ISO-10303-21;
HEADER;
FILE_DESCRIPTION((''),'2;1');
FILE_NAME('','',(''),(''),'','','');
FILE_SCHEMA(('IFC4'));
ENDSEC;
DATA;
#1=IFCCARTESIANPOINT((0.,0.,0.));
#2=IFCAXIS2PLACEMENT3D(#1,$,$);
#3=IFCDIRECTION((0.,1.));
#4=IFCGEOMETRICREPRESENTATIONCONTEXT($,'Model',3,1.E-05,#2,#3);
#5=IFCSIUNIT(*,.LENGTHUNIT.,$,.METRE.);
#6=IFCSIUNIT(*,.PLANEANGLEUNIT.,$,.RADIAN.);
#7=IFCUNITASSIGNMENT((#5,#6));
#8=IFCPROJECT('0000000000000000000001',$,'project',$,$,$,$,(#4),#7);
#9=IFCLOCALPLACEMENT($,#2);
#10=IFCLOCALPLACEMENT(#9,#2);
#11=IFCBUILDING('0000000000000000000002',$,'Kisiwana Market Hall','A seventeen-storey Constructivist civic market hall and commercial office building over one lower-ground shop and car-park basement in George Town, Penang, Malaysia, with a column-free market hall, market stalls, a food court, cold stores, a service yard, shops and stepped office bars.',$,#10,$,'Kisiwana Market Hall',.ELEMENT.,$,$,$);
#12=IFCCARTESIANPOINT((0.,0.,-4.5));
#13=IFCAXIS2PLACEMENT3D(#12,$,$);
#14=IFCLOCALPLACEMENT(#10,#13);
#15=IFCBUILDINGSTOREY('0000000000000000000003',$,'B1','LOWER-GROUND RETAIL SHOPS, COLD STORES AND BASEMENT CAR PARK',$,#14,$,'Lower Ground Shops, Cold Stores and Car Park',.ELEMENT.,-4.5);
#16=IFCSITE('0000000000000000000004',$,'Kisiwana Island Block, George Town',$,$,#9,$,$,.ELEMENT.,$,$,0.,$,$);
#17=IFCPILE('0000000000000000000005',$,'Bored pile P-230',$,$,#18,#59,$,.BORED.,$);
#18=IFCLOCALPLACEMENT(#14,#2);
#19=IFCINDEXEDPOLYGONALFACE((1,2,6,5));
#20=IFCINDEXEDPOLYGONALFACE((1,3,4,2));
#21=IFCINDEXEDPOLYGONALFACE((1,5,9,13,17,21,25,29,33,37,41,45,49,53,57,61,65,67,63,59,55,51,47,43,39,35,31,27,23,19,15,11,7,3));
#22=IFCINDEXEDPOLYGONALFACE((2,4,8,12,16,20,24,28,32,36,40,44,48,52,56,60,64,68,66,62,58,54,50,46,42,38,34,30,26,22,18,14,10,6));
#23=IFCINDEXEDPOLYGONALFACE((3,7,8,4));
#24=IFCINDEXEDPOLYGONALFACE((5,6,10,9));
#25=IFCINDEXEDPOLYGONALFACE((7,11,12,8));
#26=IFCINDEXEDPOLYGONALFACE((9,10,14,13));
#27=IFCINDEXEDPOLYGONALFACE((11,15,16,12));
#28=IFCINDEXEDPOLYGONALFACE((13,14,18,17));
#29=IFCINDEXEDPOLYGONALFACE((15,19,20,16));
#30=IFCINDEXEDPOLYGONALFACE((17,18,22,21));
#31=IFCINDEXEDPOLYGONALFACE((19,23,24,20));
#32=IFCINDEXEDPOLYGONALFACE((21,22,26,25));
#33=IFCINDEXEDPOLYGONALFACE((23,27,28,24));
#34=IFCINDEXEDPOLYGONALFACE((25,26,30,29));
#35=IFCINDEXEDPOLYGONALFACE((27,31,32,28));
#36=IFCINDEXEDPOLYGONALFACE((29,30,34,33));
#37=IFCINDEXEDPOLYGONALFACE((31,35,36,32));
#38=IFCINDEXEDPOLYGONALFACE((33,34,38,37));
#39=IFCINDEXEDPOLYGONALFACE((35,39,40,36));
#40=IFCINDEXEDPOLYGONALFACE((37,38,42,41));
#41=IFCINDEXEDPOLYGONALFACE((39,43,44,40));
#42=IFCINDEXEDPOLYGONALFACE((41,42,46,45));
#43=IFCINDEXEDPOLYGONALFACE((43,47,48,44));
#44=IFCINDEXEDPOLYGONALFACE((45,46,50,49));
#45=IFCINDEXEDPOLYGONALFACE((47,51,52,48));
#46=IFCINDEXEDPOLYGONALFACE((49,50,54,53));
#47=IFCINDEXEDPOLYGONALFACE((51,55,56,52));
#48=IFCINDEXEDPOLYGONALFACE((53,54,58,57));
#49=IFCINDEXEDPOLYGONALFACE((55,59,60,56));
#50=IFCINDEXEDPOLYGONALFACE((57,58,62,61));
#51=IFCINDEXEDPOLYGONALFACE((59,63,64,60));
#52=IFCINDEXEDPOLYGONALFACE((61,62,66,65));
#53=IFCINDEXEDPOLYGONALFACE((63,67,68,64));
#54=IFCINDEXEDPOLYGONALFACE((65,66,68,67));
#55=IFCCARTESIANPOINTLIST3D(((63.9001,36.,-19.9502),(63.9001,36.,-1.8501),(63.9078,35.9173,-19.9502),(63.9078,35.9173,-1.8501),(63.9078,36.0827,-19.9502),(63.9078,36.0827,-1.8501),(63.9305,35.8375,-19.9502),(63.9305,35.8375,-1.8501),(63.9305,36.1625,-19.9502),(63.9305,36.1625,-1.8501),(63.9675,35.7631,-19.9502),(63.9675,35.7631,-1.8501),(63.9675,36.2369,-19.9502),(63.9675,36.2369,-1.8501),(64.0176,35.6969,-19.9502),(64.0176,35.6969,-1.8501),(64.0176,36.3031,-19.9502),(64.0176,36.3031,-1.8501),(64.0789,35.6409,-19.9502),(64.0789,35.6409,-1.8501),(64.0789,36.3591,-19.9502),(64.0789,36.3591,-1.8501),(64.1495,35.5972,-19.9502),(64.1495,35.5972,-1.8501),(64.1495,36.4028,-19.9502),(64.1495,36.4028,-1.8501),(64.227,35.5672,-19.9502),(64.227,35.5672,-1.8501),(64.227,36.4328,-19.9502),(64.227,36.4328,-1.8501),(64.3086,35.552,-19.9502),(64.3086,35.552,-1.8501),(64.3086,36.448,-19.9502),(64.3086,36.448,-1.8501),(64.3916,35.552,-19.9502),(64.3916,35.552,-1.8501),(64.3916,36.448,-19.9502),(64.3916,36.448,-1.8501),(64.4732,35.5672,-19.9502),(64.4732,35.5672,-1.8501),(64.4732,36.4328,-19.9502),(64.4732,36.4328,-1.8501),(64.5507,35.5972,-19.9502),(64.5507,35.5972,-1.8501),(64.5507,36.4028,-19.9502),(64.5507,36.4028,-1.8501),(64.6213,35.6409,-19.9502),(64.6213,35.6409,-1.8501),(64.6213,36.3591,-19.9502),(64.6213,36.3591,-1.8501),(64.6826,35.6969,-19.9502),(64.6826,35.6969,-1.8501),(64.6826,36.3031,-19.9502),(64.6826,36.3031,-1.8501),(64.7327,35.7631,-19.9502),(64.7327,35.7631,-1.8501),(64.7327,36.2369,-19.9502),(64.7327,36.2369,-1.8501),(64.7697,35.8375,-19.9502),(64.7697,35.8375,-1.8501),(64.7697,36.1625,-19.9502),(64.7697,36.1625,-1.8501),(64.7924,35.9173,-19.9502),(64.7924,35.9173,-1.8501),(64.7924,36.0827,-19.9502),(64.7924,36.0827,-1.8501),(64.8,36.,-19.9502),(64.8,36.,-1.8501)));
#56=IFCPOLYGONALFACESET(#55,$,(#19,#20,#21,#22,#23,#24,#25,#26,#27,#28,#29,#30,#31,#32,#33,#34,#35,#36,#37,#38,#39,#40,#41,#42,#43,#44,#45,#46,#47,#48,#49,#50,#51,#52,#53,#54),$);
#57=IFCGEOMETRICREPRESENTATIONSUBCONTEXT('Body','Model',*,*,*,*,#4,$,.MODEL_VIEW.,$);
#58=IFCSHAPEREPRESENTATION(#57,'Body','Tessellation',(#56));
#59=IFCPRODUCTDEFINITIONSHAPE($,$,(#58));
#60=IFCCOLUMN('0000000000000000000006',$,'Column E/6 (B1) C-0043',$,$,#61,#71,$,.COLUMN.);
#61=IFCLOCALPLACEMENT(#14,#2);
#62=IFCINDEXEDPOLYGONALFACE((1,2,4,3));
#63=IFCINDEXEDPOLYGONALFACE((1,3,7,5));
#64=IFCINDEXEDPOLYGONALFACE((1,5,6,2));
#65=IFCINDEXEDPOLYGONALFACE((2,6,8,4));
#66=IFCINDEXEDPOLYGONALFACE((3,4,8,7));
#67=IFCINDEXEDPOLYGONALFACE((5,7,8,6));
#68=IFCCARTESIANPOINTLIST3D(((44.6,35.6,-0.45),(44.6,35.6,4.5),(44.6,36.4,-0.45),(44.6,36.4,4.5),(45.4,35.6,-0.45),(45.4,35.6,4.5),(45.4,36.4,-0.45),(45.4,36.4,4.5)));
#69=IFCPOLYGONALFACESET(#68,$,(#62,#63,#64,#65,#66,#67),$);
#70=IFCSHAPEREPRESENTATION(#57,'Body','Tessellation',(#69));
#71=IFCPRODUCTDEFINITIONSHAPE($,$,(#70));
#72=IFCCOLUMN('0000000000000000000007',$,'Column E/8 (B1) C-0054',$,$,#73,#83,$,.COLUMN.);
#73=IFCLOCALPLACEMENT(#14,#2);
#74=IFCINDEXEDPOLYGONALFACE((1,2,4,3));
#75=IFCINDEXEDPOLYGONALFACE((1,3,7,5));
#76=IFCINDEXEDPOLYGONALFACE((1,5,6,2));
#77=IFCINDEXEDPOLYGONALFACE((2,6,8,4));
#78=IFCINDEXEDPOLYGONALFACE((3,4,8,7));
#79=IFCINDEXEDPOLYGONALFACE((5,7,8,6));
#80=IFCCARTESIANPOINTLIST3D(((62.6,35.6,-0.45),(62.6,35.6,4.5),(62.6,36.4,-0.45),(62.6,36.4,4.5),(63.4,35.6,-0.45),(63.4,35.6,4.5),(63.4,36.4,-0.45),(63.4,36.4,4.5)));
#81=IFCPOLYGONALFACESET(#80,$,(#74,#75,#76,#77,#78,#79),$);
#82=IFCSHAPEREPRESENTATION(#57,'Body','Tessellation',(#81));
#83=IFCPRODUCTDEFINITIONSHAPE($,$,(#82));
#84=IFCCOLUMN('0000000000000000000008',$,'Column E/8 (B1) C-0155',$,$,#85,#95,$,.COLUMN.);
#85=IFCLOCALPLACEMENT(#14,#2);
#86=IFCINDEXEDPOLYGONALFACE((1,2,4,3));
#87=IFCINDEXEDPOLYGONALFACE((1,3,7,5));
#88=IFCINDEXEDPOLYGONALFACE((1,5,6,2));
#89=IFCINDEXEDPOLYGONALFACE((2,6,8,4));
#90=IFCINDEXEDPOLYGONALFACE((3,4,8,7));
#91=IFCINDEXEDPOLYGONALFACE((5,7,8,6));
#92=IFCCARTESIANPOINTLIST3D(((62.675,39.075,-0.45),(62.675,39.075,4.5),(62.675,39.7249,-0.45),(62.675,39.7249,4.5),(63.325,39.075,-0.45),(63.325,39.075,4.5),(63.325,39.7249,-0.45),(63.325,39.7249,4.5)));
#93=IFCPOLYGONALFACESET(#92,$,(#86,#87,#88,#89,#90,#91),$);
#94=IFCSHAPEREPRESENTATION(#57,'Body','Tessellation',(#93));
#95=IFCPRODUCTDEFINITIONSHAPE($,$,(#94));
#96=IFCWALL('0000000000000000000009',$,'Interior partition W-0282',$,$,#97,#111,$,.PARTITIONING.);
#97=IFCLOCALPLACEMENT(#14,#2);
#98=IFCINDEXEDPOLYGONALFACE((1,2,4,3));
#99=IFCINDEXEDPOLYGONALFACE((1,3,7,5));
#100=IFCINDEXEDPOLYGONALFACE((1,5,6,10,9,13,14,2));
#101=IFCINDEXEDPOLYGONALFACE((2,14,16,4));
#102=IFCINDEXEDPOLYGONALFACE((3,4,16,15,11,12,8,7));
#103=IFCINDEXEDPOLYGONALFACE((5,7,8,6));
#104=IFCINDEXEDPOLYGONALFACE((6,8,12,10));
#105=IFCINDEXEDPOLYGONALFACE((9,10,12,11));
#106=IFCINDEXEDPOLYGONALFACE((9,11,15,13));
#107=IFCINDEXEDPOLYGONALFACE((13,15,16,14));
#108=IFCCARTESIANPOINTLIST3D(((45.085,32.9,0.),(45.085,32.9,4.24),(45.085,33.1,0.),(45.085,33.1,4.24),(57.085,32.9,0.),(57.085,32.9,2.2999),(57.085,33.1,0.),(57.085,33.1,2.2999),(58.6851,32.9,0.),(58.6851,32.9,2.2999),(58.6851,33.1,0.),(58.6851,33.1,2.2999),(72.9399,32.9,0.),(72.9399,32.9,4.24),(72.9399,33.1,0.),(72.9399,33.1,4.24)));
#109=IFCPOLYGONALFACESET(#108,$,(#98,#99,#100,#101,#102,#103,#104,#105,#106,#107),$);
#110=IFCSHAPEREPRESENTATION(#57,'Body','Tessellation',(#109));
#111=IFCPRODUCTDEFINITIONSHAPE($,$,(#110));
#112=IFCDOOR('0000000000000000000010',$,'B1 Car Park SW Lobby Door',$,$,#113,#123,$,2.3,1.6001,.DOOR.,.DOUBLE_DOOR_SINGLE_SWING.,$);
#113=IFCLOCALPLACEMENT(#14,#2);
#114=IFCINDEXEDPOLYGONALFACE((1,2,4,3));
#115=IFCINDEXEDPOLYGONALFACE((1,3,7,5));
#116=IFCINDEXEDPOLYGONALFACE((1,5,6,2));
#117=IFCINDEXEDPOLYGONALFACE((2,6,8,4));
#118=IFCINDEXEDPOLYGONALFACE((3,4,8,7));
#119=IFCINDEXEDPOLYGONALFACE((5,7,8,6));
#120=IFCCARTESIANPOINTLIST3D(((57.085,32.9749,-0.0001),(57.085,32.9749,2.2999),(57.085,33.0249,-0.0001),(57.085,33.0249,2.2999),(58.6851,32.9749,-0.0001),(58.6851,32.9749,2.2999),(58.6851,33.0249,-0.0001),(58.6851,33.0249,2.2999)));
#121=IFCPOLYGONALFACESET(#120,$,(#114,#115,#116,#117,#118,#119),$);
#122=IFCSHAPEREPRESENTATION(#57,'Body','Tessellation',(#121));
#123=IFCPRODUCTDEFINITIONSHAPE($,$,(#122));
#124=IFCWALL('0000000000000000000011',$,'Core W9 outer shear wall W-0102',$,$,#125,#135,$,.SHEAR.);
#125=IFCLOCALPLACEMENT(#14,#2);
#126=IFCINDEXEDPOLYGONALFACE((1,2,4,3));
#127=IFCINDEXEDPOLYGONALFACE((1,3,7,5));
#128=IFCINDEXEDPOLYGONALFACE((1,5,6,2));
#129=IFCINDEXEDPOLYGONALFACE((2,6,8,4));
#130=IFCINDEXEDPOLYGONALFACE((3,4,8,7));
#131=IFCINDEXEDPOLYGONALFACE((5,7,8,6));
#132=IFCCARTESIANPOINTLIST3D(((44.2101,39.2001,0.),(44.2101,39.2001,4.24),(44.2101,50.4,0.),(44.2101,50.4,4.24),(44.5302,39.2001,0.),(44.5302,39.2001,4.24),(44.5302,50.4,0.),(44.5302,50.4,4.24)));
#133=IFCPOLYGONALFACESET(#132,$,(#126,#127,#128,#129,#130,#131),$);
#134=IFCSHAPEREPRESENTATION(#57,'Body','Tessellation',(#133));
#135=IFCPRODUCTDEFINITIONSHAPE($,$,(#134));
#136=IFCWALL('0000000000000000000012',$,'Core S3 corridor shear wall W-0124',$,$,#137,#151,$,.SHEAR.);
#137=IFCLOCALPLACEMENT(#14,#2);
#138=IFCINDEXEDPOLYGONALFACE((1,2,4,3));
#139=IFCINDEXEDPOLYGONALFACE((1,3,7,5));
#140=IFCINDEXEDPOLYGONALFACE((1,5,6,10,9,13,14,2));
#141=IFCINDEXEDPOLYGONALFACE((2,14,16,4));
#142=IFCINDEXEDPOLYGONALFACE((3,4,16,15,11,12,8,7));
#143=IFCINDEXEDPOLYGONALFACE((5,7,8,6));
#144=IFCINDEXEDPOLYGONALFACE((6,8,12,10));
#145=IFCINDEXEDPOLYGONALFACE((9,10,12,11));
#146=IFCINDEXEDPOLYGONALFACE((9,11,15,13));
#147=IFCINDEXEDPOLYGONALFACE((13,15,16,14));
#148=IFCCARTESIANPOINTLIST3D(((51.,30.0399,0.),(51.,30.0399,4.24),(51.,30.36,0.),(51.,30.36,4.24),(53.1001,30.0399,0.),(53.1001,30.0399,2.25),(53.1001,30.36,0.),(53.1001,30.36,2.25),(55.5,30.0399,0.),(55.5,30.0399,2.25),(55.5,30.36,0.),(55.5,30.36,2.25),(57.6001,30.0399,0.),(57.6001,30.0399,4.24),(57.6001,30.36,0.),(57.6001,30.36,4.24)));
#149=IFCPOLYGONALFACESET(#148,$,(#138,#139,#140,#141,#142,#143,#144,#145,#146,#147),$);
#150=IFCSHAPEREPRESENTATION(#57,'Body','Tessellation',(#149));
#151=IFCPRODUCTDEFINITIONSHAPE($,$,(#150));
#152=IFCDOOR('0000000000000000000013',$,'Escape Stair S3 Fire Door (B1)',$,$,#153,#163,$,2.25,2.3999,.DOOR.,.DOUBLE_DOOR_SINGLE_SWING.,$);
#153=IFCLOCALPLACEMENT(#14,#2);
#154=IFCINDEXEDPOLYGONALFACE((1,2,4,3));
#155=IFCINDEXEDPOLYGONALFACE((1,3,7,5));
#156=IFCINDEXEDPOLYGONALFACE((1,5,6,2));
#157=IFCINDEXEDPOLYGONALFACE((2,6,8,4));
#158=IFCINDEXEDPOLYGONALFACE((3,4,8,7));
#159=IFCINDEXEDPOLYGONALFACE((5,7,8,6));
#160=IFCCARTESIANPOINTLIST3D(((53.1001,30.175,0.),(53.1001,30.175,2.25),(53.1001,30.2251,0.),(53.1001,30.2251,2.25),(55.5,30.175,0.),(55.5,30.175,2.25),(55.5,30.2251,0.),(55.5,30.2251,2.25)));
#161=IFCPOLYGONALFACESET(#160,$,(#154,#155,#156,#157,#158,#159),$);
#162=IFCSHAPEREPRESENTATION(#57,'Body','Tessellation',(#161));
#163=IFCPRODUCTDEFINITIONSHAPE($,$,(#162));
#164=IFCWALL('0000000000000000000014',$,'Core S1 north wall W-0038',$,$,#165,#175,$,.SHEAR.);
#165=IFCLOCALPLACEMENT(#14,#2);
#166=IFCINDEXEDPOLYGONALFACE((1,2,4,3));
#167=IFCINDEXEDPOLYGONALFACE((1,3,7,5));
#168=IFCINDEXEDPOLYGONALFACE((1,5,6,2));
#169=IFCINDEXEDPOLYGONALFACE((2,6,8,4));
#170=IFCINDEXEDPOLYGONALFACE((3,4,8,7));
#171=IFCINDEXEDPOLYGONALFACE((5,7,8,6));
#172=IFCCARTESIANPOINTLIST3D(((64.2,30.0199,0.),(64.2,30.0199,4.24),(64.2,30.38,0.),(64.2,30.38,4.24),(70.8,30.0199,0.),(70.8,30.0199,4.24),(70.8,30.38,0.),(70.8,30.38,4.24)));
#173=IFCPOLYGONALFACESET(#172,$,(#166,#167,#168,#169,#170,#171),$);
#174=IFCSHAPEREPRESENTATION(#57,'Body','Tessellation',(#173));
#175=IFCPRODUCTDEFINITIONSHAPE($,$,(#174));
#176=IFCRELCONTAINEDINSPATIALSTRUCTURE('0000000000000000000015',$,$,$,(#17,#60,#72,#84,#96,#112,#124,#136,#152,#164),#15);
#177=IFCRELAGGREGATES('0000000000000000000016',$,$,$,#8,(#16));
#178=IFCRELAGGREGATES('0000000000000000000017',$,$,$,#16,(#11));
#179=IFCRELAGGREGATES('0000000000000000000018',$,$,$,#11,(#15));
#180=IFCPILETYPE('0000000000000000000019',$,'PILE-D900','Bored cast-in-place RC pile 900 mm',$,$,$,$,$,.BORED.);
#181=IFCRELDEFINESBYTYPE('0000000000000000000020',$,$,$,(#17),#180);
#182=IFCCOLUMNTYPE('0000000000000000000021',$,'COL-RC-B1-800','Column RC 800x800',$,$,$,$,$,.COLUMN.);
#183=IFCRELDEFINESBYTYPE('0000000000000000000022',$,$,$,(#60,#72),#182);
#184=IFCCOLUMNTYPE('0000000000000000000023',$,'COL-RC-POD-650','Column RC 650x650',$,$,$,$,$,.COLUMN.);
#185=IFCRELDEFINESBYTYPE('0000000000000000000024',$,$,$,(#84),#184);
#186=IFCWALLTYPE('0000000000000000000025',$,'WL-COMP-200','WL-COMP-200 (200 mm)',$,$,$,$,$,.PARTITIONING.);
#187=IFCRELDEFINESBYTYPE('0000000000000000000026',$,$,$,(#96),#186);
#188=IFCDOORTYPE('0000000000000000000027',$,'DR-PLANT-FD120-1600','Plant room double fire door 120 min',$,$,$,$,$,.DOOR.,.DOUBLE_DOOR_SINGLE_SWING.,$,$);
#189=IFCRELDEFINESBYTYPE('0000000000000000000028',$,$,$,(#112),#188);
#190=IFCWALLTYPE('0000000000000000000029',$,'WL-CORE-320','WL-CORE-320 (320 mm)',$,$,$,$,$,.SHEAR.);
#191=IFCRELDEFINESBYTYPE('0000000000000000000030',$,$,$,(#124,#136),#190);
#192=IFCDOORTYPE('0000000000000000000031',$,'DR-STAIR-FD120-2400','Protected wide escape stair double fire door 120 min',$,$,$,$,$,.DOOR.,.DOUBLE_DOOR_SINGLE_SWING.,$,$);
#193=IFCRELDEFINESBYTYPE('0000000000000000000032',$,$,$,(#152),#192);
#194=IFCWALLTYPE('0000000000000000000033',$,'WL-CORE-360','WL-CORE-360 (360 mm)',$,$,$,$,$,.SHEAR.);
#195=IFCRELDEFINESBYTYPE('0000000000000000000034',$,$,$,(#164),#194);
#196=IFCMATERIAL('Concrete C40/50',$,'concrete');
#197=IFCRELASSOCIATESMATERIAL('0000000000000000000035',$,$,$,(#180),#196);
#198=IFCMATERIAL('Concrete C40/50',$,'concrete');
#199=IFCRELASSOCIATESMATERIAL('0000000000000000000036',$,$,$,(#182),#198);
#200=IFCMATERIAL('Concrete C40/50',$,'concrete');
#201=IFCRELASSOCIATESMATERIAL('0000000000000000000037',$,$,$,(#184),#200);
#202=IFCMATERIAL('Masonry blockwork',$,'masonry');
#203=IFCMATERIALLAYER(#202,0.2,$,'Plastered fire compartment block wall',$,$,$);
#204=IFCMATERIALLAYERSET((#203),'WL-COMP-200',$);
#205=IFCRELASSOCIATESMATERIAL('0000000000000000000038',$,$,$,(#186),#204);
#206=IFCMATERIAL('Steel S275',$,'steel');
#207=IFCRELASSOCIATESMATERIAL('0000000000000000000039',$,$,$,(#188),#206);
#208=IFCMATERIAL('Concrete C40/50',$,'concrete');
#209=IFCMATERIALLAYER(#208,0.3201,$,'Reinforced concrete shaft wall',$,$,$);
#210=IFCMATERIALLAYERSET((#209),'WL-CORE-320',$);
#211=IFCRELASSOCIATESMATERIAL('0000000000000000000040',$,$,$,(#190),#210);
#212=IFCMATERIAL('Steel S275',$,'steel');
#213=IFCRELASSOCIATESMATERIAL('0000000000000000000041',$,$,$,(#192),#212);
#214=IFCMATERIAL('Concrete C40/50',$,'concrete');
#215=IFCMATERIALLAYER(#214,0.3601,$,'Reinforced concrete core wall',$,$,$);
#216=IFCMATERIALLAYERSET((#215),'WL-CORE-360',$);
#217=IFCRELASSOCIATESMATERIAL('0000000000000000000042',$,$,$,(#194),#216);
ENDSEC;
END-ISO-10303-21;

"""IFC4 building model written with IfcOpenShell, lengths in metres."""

from ifc_helpers import new_model, si_unit, direction, frame, frame_2d, origin, origin_2d, place, context, subcontext, project, spatial, rectangle, circle, extrude, material, layer, layer_set, material_profile, profile_set, type_object, element, fill, save


model = new_model("IFC4")

# Units and contexts
model_context = context("Model", 3, precision=1e-05, world=origin(), true_north=direction((0.0, 1.0)))
body_context = subcontext(model_context, "Body", "Model", "MODEL_VIEW")
ifc_project = project(units=[si_unit("LENGTHUNIT", "METRE"), si_unit("PLANEANGLEUNIT", "RADIAN")], contexts=[model_context])

# Site, building, storey
site_placement = place(None, origin())
site = spatial("IfcSite", under=ifc_project, at=site_placement, Name="Kisiwana Island Block, George Town", CompositionType="ELEMENT", RefElevation=0.0)
building_placement = place(site_placement, origin())
building = spatial("IfcBuilding", under=site, at=building_placement, Name="Kisiwana Market Hall", Description="A seventeen-storey Constructivist civic market hall and commercial office building over one lower-ground shop and car-park basement in George Town, Penang, Malaysia, with a column-free market hall, market stalls, a food court, cold stores, a service yard, shops and stepped office bars.", LongName="Kisiwana Market Hall", CompositionType="ELEMENT")
storey_placement = place(building_placement, frame((0.0, 0.0, -4.5)))
storey = spatial("IfcBuildingStorey", under=building, at=storey_placement, Name="B1", Description="LOWER-GROUND RETAIL SHOPS, COLD STORES AND BASEMENT CAR PARK", LongName="Lower Ground Shops, Cold Stores and Car Park", CompositionType="ELEMENT", Elevation=-4.5)

# Pile
ifc_material_1 = material(Name="Concrete C40/50", Category="concrete")
ifc_material_profile_1 = material_profile(ifc_material_1, circle(Radius=0.45, at=origin_2d()), Name="BP D900")
ifc_profile_set_1 = profile_set([ifc_material_profile_1], Name="Concrete C40/50")
pile_type_1 = type_object("IfcPileType", Name="PILE-D900", Description="Bored cast-in-place RC pile 900 mm", PredefinedType="BORED", material=ifc_profile_set_1)
for number, where, z_axis, x_axis, name in (
    (1, (64.3501, 36.0, -1.8501), (0.0, 0.0, -1.0), (1.0, 0.0, 0.0), "Bored pile P-230"),
):
    element("IfcPile", number, at=place(storey_placement, frame(where, z_axis=z_axis, x_axis=x_axis)), inside=storey, type_object=pile_type_1, Name=name, PredefinedType="BORED", context=body_context, shape_type="SweptSolid", body=[
        extrude(circle(Radius=0.45, at=origin_2d()), origin(), (0.0, 0.0, 1.0), 18.1001),
    ])

# Columns
ifc_material_2 = material(Name="Concrete C40/50", Category="concrete")
ifc_material_profile_2 = material_profile(ifc_material_2, rectangle(XDim=0.8, YDim=0.8, at=origin_2d()), Name="RC 800x800")
ifc_profile_set_2 = profile_set([ifc_material_profile_2], Name="Concrete C40/50")
column_type_1 = type_object("IfcColumnType", Name="COL-RC-B1-800", Description="Column RC 800x800", PredefinedType="COLUMN", material=ifc_profile_set_2)
for number, where, z_axis, x_axis, name in (
    (2, (45.0, 36.0, -0.45), (0.0, 0.0, 1.0), (1.0, 0.0, 0.0), "Column E/6 (B1) C-0043"),
    (3, (63.0, 36.0, -0.45), (0.0, 0.0, 1.0), (1.0, 0.0, 0.0), "Column E/8 (B1) C-0054"),
):
    element("IfcColumn", number, at=place(storey_placement, frame(where, z_axis=z_axis, x_axis=x_axis)), inside=storey, type_object=column_type_1, Name=name, PredefinedType="COLUMN", context=body_context, shape_type="SweptSolid", body=[
        extrude(rectangle(XDim=0.8, YDim=0.8, at=origin_2d()), origin(), (0.0, 0.0, 1.0), 4.95),
    ])
ifc_material_3 = material(Name="Concrete C40/50", Category="concrete")
ifc_material_profile_3 = material_profile(ifc_material_3, rectangle(XDim=0.6499, YDim=0.6499, at=origin_2d()), Name="RC 650x650")
ifc_profile_set_3 = profile_set([ifc_material_profile_3], Name="Concrete C40/50")
column_type_2 = type_object("IfcColumnType", Name="COL-RC-POD-650", Description="Column RC 650x650", PredefinedType="COLUMN", material=ifc_profile_set_3)
column_placement = place(storey_placement, frame((63.0, 39.3999, -0.45), z_axis=(0.0, 0.0, 1.0), x_axis=(1.0, 0.0, 0.0)))
element("IfcColumn", 4, at=column_placement, inside=storey, type_object=column_type_2, Name="Column E/8 (B1) C-0155", PredefinedType="COLUMN", context=body_context, shape_type="SweptSolid", body=[
    extrude(rectangle(XDim=0.6499, YDim=0.6499, at=origin_2d()), origin(), (0.0, 0.0, 1.0), 4.95),
])

# Wall, opening, door
ifc_material_4 = material(Name="Masonry blockwork", Category="masonry")
ifc_layer_1 = layer(ifc_material_4, 0.2, Name="Plastered fire compartment block wall")
ifc_layer_set_1 = layer_set([ifc_layer_1], Name="WL-COMP-200")
wall_type_1 = type_object("IfcWallType", Name="WL-COMP-200", Description="WL-COMP-200 (200 mm)", PredefinedType="PARTITIONING", material=ifc_layer_set_1)
wall_1_placement = place(storey_placement, frame((45.085, 33.0, 0.0), z_axis=(0.0, 0.0, 1.0), x_axis=(1.0, 0.0, 0.0)))
wall_1 = element("IfcWall", 5, at=wall_1_placement, inside=storey, type_object=wall_type_1, Name="Interior partition W-0282", PredefinedType="PARTITIONING", context=body_context, shape_type="SweptSolid", body=[
    extrude(rectangle(XDim=27.855, YDim=0.2, at=frame_2d((13.9275, 0.0))), origin(), (0.0, 0.0, 1.0), 4.24),
])
opening_1_placement = place(wall_1_placement, frame((12.0, 0.0, 0.0)))
opening_1 = element("IfcOpeningElement", 6, at=opening_1_placement, cuts=wall_1, PredefinedType="OPENING", context=body_context, shape_type="SweptSolid", body=[
    extrude(rectangle(XDim=1.6001, YDim=2.3, at=frame_2d((0.8, 1.1499))), frame((0.0, 0.1118, 0.0), z_axis=(0.0, -1.0, 0.0), x_axis=(1.0, 0.0, 0.0)), (0.0, 0.0, 1.0), 0.2239),
])
ifc_material_5 = material(Name="Steel S275", Category="steel")
door_type_1 = type_object("IfcDoorType", Name="DR-PLANT-FD120-1600", Description="Plant room double fire door 120 min", OperationType="DOUBLE_DOOR_SINGLE_SWING", PredefinedType="DOOR", material=ifc_material_5)
door_1_placement = place(opening_1_placement, origin())
door_1 = element("IfcDoor", 7, at=door_1_placement, inside=storey, type_object=door_type_1, Name="B1 Car Park SW Lobby Door", OperationType="DOUBLE_DOOR_SINGLE_SWING", OverallHeight=2.3, OverallWidth=1.6001, PredefinedType="DOOR", context=body_context, shape_type="SweptSolid", body=[
    extrude(rectangle(XDim=1.6001, YDim=2.3, at=frame_2d((0.8, 1.1499))), frame((0.0, 0.0249, 0.0), z_axis=(0.0, -1.0, 0.0), x_axis=(1.0, 0.0, 0.0)), (0.0, 0.0, 1.0), 0.05),
])
fill(opening_1, door_1)

# Wall
ifc_material_6 = material(Name="Concrete C40/50", Category="concrete")
ifc_layer_2 = layer(ifc_material_6, 0.3201, Name="Reinforced concrete shaft wall")
ifc_layer_set_2 = layer_set([ifc_layer_2], Name="WL-CORE-320")
wall_type_2 = type_object("IfcWallType", Name="WL-CORE-320", Description="WL-CORE-320 (320 mm)", PredefinedType="SHEAR", material=ifc_layer_set_2)
wall_2_placement = place(storey_placement, frame((44.3701, 39.2, 0.0), z_axis=(0.0, 0.0, 1.0), x_axis=(0.0, 1.0, 0.0)))
element("IfcWall", 8, at=wall_2_placement, inside=storey, type_object=wall_type_2, Name="Core W9 outer shear wall W-0102", PredefinedType="SHEAR", context=body_context, shape_type="SweptSolid", body=[
    extrude(rectangle(XDim=11.2, YDim=0.3201, at=frame_2d((5.6001, 0.0))), origin(), (0.0, 0.0, 1.0), 4.24),
])

# Wall, opening, door
wall_3_placement = place(storey_placement, frame((51.0, 30.2, 0.0), z_axis=(0.0, 0.0, 1.0), x_axis=(1.0, 0.0, 0.0)))
wall_3 = element("IfcWall", 9, at=wall_3_placement, inside=storey, type_object=wall_type_2, Name="Core S3 corridor shear wall W-0124", PredefinedType="SHEAR", context=body_context, shape_type="SweptSolid", body=[
    extrude(rectangle(XDim=6.6001, YDim=0.3201, at=frame_2d((3.3, 0.0))), origin(), (0.0, 0.0, 1.0), 4.24),
])
opening_2_placement = place(wall_3_placement, frame((2.1001, 0.0, 0.0)))
opening_2 = element("IfcOpeningElement", 10, at=opening_2_placement, cuts=wall_3, PredefinedType="OPENING", context=body_context, shape_type="SweptSolid", body=[
    extrude(rectangle(XDim=2.3999, YDim=2.25, at=frame_2d((1.2, 1.125))), frame((0.0, 0.1719, 0.0), z_axis=(0.0, -1.0, 0.0), x_axis=(1.0, 0.0, 0.0)), (0.0, 0.0, 1.0), 0.344),
])
ifc_material_7 = material(Name="Steel S275", Category="steel")
door_type_2 = type_object("IfcDoorType", Name="DR-STAIR-FD120-2400", Description="Protected wide escape stair double fire door 120 min", OperationType="DOUBLE_DOOR_SINGLE_SWING", PredefinedType="DOOR", material=ifc_material_7)
door_2_placement = place(opening_2_placement, frame((2.3999, 0.0, 0.0), z_axis=(0.0, 0.0, 1.0), x_axis=(-1.0, 0.0, 0.0)))
door_2 = element("IfcDoor", 11, at=door_2_placement, inside=storey, type_object=door_type_2, Name="Escape Stair S3 Fire Door (B1)", OperationType="DOUBLE_DOOR_SINGLE_SWING", OverallHeight=2.25, OverallWidth=2.3999, PredefinedType="DOOR", context=body_context, shape_type="SweptSolid", body=[
    extrude(rectangle(XDim=2.3999, YDim=2.25, at=frame_2d((1.2, 1.125))), frame((0.0, 0.0249, 0.0), z_axis=(0.0, -1.0, 0.0), x_axis=(1.0, 0.0, 0.0)), (0.0, 0.0, 1.0), 0.05),
])
fill(opening_2, door_2)

# Wall
ifc_material_8 = material(Name="Concrete C40/50", Category="concrete")
ifc_layer_3 = layer(ifc_material_8, 0.3601, Name="Reinforced concrete core wall")
ifc_layer_set_3 = layer_set([ifc_layer_3], Name="WL-CORE-360")
wall_type_3 = type_object("IfcWallType", Name="WL-CORE-360", Description="WL-CORE-360 (360 mm)", PredefinedType="SHEAR", material=ifc_layer_set_3)
wall_4_placement = place(storey_placement, frame((64.2, 30.2, 0.0), z_axis=(0.0, 0.0, 1.0), x_axis=(1.0, 0.0, 0.0)))
element("IfcWall", 12, at=wall_4_placement, inside=storey, type_object=wall_type_3, Name="Core S1 north wall W-0038", PredefinedType="SHEAR", context=body_context, shape_type="SweptSolid", body=[
    extrude(rectangle(XDim=6.6001, YDim=0.3601, at=frame_2d((3.3, 0.0))), origin(), (0.0, 0.0, 1.0), 4.24),
])

save(model, "model.ifc")
